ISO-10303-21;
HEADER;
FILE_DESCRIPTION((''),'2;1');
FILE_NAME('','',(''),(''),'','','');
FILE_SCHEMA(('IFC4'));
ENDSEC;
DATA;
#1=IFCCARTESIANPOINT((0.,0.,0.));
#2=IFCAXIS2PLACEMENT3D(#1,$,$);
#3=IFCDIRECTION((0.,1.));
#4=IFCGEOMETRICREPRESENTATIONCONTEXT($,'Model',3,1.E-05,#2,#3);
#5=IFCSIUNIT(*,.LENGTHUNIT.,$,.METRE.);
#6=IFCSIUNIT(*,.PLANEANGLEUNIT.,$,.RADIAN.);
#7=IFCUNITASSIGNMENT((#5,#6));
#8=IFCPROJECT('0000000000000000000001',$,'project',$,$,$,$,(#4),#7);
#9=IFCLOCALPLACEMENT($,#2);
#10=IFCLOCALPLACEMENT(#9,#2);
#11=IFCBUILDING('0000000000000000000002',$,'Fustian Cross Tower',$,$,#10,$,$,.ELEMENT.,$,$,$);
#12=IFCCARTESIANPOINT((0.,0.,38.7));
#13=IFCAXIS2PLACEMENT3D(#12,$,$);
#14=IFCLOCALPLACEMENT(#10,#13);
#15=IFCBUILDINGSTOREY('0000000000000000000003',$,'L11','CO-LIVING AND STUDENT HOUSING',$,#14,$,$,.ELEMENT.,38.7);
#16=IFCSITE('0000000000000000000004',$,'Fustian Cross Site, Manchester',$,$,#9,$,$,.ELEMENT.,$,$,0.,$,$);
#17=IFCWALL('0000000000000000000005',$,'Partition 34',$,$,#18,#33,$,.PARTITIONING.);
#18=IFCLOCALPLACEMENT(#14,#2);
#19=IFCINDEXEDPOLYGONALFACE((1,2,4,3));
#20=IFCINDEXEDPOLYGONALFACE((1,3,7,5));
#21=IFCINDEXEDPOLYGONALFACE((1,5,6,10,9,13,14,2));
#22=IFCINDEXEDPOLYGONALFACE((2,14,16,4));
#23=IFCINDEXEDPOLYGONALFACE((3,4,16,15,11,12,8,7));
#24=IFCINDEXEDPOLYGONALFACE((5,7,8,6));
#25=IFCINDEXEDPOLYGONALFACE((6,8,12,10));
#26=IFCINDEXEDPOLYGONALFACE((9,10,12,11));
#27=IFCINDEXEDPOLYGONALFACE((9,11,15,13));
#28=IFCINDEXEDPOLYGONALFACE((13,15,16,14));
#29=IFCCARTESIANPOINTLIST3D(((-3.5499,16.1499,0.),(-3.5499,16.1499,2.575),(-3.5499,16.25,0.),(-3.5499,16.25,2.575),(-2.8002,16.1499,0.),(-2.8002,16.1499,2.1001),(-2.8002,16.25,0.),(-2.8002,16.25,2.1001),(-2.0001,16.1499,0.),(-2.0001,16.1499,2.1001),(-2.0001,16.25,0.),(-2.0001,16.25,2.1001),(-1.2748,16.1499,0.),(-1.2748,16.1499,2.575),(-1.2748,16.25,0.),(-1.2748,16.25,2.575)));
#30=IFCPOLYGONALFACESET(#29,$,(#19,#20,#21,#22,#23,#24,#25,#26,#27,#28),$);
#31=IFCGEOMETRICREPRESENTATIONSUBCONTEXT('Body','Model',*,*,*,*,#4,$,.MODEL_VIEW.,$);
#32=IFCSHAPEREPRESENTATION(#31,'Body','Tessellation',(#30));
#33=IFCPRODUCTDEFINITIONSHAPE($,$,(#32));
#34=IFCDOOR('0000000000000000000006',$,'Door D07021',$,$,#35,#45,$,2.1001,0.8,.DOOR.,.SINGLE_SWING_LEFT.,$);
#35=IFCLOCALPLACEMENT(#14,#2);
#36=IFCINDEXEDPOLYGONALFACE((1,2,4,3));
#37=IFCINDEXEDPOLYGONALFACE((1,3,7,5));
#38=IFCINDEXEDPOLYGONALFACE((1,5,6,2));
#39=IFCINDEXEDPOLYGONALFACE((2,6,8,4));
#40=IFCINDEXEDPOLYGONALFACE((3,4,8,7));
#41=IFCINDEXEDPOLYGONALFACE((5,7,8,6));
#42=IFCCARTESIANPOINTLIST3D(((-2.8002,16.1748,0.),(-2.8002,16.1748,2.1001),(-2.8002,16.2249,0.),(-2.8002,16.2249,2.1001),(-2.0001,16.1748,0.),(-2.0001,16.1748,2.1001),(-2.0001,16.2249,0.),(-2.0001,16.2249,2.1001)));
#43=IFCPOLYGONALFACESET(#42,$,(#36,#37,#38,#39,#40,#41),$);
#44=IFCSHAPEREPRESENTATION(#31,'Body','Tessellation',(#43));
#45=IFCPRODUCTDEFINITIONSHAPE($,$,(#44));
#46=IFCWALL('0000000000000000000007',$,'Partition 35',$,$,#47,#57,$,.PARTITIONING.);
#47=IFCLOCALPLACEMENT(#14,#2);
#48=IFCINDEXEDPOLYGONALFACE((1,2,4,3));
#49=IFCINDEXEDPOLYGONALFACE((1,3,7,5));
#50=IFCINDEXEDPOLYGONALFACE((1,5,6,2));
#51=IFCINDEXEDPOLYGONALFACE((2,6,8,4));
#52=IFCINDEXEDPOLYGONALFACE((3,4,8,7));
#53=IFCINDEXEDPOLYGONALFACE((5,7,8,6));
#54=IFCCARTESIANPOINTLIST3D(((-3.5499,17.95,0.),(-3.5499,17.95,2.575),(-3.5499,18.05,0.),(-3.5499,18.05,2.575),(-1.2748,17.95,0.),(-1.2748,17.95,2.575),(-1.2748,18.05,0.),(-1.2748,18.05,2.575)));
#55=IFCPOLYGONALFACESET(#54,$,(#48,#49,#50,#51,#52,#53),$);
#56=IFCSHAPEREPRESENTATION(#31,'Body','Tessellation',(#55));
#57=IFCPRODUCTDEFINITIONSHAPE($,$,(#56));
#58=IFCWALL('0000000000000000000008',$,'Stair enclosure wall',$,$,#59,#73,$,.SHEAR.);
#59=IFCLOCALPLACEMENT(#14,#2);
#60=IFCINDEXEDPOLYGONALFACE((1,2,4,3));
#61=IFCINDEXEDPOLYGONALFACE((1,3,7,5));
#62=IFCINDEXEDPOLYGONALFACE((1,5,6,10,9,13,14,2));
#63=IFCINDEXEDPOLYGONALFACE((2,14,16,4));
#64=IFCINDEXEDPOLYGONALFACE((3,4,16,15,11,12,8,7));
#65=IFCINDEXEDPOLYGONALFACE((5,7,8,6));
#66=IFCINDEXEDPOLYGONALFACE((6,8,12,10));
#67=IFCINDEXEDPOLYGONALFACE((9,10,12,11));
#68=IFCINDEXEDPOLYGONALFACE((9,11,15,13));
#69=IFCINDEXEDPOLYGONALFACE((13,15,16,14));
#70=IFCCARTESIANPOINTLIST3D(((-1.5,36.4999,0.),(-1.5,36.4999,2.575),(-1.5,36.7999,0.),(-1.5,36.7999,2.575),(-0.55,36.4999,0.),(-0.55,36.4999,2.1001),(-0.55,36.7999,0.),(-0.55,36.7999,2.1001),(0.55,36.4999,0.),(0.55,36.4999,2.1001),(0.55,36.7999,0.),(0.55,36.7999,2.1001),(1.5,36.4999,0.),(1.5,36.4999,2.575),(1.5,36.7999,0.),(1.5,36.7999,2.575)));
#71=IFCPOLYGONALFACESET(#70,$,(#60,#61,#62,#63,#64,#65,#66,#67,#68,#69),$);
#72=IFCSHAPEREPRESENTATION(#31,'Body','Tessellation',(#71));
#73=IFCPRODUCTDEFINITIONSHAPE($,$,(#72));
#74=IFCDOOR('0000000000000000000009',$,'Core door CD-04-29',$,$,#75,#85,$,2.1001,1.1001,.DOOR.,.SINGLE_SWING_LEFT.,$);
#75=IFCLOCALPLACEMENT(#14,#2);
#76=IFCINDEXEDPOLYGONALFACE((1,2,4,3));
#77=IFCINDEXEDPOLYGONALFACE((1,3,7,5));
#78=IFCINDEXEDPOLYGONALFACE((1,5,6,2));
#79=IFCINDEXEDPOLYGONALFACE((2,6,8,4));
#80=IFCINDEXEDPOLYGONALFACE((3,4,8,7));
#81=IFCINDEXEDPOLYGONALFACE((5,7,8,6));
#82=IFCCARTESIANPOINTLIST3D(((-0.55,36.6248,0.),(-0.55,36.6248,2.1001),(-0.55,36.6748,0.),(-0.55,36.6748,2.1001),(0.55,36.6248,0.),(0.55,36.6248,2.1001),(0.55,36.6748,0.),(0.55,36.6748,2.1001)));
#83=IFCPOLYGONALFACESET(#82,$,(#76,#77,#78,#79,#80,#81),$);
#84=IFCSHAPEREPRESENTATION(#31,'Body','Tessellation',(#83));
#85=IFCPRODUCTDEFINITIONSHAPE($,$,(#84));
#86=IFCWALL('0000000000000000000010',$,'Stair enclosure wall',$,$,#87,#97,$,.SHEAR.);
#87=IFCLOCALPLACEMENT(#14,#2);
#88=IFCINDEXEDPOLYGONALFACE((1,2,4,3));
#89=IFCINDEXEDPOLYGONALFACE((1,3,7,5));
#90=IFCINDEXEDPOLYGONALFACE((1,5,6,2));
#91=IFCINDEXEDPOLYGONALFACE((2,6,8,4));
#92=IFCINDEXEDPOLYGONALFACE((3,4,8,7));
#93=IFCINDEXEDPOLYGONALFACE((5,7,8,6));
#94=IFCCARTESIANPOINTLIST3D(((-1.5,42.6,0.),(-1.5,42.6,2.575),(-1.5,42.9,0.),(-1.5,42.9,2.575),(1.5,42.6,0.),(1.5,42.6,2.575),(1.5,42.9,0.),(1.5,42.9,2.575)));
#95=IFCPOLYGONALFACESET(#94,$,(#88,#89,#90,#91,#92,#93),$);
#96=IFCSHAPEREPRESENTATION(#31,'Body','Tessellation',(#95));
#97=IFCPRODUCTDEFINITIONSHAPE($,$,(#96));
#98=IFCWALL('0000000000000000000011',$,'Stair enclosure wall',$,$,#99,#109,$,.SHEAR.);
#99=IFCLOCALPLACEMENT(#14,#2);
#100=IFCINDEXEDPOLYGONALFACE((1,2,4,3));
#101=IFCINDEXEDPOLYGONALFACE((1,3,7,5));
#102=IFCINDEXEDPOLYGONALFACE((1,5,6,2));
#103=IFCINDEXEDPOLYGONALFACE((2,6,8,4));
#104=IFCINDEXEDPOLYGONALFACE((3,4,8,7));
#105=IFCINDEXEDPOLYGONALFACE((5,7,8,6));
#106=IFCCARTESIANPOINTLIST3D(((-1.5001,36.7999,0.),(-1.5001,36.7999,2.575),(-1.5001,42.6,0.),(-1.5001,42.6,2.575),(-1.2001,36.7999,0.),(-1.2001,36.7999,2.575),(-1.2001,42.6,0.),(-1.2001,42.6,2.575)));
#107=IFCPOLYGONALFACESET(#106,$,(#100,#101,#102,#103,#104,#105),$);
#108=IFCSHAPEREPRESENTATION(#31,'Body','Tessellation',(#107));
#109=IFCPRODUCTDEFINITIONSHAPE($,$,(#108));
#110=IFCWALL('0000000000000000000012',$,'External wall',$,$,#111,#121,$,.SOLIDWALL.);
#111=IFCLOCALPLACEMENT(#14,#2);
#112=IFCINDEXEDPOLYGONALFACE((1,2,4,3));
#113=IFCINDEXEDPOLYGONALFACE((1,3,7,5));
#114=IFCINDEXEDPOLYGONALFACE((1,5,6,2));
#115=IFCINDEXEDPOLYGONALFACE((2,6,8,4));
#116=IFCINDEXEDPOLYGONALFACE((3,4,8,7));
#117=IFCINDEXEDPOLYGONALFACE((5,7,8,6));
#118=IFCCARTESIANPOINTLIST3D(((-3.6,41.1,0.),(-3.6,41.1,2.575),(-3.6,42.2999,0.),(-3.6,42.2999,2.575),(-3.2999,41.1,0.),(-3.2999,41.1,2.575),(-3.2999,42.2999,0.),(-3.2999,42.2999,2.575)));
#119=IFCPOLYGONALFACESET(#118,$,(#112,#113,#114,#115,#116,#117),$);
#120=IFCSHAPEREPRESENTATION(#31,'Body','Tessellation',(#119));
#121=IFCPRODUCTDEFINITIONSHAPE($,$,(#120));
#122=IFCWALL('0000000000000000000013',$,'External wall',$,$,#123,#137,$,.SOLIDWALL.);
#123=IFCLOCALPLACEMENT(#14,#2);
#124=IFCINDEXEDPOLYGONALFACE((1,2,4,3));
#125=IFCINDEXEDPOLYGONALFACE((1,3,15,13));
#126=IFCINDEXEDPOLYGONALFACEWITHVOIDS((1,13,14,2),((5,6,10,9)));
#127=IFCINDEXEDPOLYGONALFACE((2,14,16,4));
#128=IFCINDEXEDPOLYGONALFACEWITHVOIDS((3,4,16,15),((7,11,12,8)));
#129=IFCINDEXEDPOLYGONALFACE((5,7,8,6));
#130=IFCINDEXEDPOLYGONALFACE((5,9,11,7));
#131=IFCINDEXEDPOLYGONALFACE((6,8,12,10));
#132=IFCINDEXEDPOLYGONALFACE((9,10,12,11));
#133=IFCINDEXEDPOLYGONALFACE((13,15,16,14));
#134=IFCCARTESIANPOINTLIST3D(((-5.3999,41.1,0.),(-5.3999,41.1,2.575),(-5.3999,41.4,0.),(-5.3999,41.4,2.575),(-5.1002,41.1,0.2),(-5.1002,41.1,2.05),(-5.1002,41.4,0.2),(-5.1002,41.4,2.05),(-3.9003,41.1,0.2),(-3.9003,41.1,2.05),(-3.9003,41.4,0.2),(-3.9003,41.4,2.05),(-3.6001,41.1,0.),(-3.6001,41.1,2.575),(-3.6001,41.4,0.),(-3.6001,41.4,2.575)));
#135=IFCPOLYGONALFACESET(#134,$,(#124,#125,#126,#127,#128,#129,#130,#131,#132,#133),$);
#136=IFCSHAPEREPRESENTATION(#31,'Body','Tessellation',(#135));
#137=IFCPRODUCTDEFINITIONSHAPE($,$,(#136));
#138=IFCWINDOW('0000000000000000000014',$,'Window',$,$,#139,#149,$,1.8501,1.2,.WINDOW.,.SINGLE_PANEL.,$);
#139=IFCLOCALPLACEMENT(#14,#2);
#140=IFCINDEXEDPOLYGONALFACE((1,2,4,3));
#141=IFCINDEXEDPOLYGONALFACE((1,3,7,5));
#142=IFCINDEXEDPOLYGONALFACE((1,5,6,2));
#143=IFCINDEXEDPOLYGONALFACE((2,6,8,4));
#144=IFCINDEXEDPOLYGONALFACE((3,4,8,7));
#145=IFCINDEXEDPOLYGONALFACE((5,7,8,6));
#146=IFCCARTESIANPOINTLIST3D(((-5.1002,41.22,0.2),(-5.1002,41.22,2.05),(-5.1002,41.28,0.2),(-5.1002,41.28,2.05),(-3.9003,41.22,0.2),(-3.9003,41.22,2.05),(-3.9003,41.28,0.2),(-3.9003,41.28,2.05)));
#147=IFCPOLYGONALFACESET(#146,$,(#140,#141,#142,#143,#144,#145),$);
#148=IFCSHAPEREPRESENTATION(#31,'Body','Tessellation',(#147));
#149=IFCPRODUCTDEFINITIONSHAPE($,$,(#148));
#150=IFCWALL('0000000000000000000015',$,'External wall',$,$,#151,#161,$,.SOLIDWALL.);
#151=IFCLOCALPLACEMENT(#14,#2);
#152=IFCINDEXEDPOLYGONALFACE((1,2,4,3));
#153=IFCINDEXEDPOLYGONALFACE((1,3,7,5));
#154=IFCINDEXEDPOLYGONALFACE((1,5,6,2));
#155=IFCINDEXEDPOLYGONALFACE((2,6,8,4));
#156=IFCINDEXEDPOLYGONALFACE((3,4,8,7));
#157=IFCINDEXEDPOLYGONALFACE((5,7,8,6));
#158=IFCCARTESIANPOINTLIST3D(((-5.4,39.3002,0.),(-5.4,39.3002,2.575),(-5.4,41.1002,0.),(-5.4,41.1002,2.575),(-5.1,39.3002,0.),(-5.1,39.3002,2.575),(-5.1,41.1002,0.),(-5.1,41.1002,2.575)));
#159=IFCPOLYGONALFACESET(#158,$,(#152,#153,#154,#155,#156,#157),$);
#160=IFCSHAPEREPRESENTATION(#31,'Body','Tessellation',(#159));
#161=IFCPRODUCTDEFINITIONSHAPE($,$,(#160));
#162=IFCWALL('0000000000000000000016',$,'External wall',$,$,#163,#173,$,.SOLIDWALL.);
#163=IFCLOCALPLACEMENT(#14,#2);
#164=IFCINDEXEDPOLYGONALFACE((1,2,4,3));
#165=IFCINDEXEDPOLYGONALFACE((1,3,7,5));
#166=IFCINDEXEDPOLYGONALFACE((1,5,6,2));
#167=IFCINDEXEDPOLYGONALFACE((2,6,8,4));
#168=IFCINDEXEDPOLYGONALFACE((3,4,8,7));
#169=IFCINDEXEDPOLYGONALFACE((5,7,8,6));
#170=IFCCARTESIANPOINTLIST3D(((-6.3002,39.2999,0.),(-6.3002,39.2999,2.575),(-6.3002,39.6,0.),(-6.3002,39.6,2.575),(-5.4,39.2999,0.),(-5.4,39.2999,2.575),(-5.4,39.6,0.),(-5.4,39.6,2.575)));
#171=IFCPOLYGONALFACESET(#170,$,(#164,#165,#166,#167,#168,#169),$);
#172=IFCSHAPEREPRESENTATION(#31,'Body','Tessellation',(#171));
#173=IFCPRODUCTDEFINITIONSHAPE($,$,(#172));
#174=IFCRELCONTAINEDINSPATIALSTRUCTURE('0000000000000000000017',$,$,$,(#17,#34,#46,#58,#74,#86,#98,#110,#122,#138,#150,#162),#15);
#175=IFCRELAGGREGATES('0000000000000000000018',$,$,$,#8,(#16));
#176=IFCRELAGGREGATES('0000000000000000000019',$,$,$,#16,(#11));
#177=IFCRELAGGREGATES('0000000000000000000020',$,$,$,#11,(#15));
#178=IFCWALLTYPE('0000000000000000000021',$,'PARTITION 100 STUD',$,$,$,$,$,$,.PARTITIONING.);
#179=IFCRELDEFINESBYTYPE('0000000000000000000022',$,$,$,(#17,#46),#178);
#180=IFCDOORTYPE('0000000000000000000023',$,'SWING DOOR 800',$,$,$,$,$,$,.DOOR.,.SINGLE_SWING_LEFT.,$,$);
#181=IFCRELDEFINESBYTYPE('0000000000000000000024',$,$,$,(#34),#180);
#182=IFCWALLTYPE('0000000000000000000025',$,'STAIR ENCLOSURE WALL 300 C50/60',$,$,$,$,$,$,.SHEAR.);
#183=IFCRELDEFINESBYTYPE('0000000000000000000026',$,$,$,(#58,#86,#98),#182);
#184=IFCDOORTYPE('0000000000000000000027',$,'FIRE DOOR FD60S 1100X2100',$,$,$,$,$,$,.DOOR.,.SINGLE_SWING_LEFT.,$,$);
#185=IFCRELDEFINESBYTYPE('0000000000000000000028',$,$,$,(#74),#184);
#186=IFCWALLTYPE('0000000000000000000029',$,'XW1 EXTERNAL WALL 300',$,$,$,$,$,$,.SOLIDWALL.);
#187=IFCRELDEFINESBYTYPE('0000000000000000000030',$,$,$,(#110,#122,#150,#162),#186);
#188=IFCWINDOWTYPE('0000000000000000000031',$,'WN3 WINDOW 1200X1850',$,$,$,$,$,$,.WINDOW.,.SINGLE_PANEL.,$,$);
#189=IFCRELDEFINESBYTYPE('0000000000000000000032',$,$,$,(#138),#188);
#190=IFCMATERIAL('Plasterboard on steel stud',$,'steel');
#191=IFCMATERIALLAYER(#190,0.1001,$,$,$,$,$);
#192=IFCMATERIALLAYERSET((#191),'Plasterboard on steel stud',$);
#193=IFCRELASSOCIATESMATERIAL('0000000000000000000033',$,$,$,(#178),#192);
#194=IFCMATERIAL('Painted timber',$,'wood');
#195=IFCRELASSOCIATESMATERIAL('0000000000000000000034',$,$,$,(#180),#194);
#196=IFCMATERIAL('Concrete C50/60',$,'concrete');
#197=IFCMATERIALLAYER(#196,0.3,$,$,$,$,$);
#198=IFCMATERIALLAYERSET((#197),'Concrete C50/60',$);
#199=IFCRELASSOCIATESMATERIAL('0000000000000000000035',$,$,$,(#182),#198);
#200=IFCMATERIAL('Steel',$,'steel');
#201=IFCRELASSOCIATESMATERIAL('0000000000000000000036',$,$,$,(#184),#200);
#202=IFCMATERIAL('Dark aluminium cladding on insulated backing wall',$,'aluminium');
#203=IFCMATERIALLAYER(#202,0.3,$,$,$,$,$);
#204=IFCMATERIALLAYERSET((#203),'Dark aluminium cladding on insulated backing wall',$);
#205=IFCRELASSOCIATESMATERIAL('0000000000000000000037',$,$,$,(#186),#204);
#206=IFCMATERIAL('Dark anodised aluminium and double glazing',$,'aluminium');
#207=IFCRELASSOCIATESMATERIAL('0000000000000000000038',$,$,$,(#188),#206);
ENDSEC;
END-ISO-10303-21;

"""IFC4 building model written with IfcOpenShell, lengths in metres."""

from ifc_helpers import new_model, si_unit, direction, frame, frame_2d, origin, place, context, subcontext, project, spatial, rectangle, extrude, material, layer, layer_set, type_object, element, fill, save


model = new_model("IFC4")

# Units and contexts
model_context = context("Model", 3, precision=1e-05, world=origin(), true_north=direction((0.0, 1.0)))
body_context = subcontext(model_context, "Body", "Model", "MODEL_VIEW")
ifc_project = project(units=[si_unit("LENGTHUNIT", "METRE"), si_unit("PLANEANGLEUNIT", "RADIAN")], contexts=[model_context])

# Site, building, storey
site_placement = place(None, origin())
site = spatial("IfcSite", under=ifc_project, at=site_placement, Name="Fustian Cross Site, Manchester", CompositionType="ELEMENT", RefElevation=0.0)
building_placement = place(site_placement, origin())
building = spatial("IfcBuilding", under=site, at=building_placement, Name="Fustian Cross Tower", CompositionType="ELEMENT")
storey_placement = place(building_placement, frame((0.0, 0.0, 38.7)))
storey = spatial("IfcBuildingStorey", under=building, at=storey_placement, Name="L11", Description="CO-LIVING AND STUDENT HOUSING", CompositionType="ELEMENT", Elevation=38.7)

# Shared definitions
ifc_material_1 = material(Name="Plasterboard on steel stud", Category="steel")
ifc_layer_1 = layer(ifc_material_1, 0.1001)
ifc_layer_set_1 = layer_set([ifc_layer_1], Name="Plasterboard on steel stud")
wall_type_1 = type_object("IfcWallType", Name="PARTITION 100 STUD", PredefinedType="PARTITIONING", material=ifc_layer_set_1)

# Wall, opening, door
wall_1_placement = place(storey_placement, frame((-3.55, 16.2, 0.0), z_axis=(0.0, 0.0, 1.0), x_axis=(1.0, 0.0, 0.0)))
wall_1 = element("IfcWall", 1, at=wall_1_placement, inside=storey, type_object=wall_type_1, Name="Partition 34", PredefinedType="PARTITIONING", context=body_context, shape_type="SweptSolid", body=[
    extrude(rectangle(XDim=2.2751, YDim=0.1001, at=frame_2d((1.1377, 0.0))), origin(), (0.0, 0.0, 1.0), 2.575),
])
opening_1_placement = place(wall_1_placement, frame((0.75, 0.0, 0.0)))
opening_1 = element("IfcOpeningElement", 2, at=opening_1_placement, cuts=wall_1, PredefinedType="OPENING", context=body_context, shape_type="SweptSolid", body=[
    extrude(rectangle(XDim=0.8, YDim=2.1001, at=frame_2d((0.3999, 1.05))), frame((0.0, 0.0601, 0.0), z_axis=(0.0, -1.0, 0.0), x_axis=(1.0, 0.0, 0.0)), (0.0, 0.0, 1.0), 0.1201),
])
ifc_material_2 = material(Name="Painted timber", Category="wood")
door_type_1 = type_object("IfcDoorType", Name="SWING DOOR 800", OperationType="SINGLE_SWING_LEFT", PredefinedType="DOOR", material=ifc_material_2)
door_1_placement = place(opening_1_placement, origin())
door_1 = element("IfcDoor", 3, at=door_1_placement, inside=storey, type_object=door_type_1, Name="Door D07021", OperationType="SINGLE_SWING_LEFT", OverallHeight=2.1001, OverallWidth=0.8, PredefinedType="DOOR", context=body_context, shape_type="SweptSolid", body=[
    extrude(rectangle(XDim=0.8, YDim=2.1001, at=frame_2d((0.3999, 1.05))), frame((0.0, 0.0249, 0.0), z_axis=(0.0, -1.0, 0.0), x_axis=(1.0, 0.0, 0.0)), (0.0, 0.0, 1.0), 0.05),
])
fill(opening_1, door_1)

# Wall
wall_2_placement = place(storey_placement, frame((-3.55, 18.0, 0.0), z_axis=(0.0, 0.0, 1.0), x_axis=(1.0, 0.0, 0.0)))
element("IfcWall", 4, at=wall_2_placement, inside=storey, type_object=wall_type_1, Name="Partition 35", PredefinedType="PARTITIONING", context=body_context, shape_type="SweptSolid", body=[
    extrude(rectangle(XDim=2.2751, YDim=0.1001, at=frame_2d((1.1377, 0.0))), origin(), (0.0, 0.0, 1.0), 2.575),
])

# Wall, opening, door
ifc_material_3 = material(Name="Concrete C50/60", Category="concrete")
ifc_layer_2 = layer(ifc_material_3, 0.3)
ifc_layer_set_2 = layer_set([ifc_layer_2], Name="Concrete C50/60")
wall_type_2 = type_object("IfcWallType", Name="STAIR ENCLOSURE WALL 300 C50/60", PredefinedType="SHEAR", material=ifc_layer_set_2)
wall_3_placement = place(storey_placement, frame((-1.5, 36.6499, 0.0), z_axis=(0.0, 0.0, 1.0), x_axis=(1.0, 0.0, 0.0)))
wall_3 = element("IfcWall", 5, at=wall_3_placement, inside=storey, type_object=wall_type_2, Name="Stair enclosure wall", PredefinedType="SHEAR", context=body_context, shape_type="SweptSolid", body=[
    extrude(rectangle(XDim=3.0, YDim=0.3, at=frame_2d((1.5, 0.0))), origin(), (0.0, 0.0, 1.0), 2.575),
])
opening_2_placement = place(wall_3_placement, frame((0.95, 0.0, 0.0)))
opening_2 = element("IfcOpeningElement", 6, at=opening_2_placement, cuts=wall_3, PredefinedType="OPENING", context=body_context, shape_type="SweptSolid", body=[
    extrude(rectangle(XDim=1.1001, YDim=2.1001, at=frame_2d((0.55, 1.05))), frame((0.0, 0.1599, 0.0), z_axis=(0.0, -1.0, 0.0), x_axis=(1.0, 0.0, 0.0)), (0.0, 0.0, 1.0), 0.3201),
])
ifc_material_4 = material(Name="Steel", Category="steel")
door_type_2 = type_object("IfcDoorType", Name="FIRE DOOR FD60S 1100X2100", OperationType="SINGLE_SWING_LEFT", PredefinedType="DOOR", material=ifc_material_4)
door_2_placement = place(opening_2_placement, origin())
door_2 = element("IfcDoor", 7, at=door_2_placement, inside=storey, type_object=door_type_2, Name="Core door CD-04-29", OperationType="SINGLE_SWING_LEFT", OverallHeight=2.1001, OverallWidth=1.1001, PredefinedType="DOOR", context=body_context, shape_type="SweptSolid", body=[
    extrude(rectangle(XDim=1.1001, YDim=2.1001, at=frame_2d((0.55, 1.05))), frame((0.0, 0.0249, 0.0), z_axis=(0.0, -1.0, 0.0), x_axis=(1.0, 0.0, 0.0)), (0.0, 0.0, 1.0), 0.05),
])
fill(opening_2, door_2)

# Walls
wall_4_placement = place(storey_placement, frame((-1.5, 42.75, 0.0), z_axis=(0.0, 0.0, 1.0), x_axis=(1.0, 0.0, 0.0)))
element("IfcWall", 8, at=wall_4_placement, inside=storey, type_object=wall_type_2, Name="Stair enclosure wall", PredefinedType="SHEAR", context=body_context, shape_type="SweptSolid", body=[
    extrude(rectangle(XDim=3.0, YDim=0.3, at=frame_2d((1.5, 0.0))), origin(), (0.0, 0.0, 1.0), 2.575),
])
wall_5_placement = place(storey_placement, frame((-1.3501, 36.8, 0.0), z_axis=(0.0, 0.0, 1.0), x_axis=(0.0, 1.0, 0.0)))
element("IfcWall", 9, at=wall_5_placement, inside=storey, type_object=wall_type_2, Name="Stair enclosure wall", PredefinedType="SHEAR", context=body_context, shape_type="SweptSolid", body=[
    extrude(rectangle(XDim=5.8, YDim=0.3, at=frame_2d((2.8999, 0.0))), origin(), (0.0, 0.0, 1.0), 2.575),
])
ifc_material_5 = material(Name="Dark aluminium cladding on insulated backing wall", Category="aluminium")
ifc_layer_3 = layer(ifc_material_5, 0.3)
ifc_layer_set_3 = layer_set([ifc_layer_3], Name="Dark aluminium cladding on insulated backing wall")
wall_type_3 = type_object("IfcWallType", Name="XW1 EXTERNAL WALL 300", PredefinedType="SOLIDWALL", material=ifc_layer_set_3)
wall_6_placement = place(storey_placement, frame((-3.45, 42.3, 0.0), z_axis=(0.0, 0.0, 1.0), x_axis=(0.0, -1.0, 0.0)))
element("IfcWall", 10, at=wall_6_placement, inside=storey, type_object=wall_type_3, Name="External wall", PredefinedType="SOLIDWALL", context=body_context, shape_type="SweptSolid", body=[
    extrude(rectangle(XDim=1.2, YDim=0.3, at=frame_2d((0.6001, 0.0))), origin(), (0.0, 0.0, 1.0), 2.575),
])

# Wall, opening, window
wall_7_placement = place(storey_placement, frame((-3.6001, 41.25, 0.0), z_axis=(0.0, 0.0, 1.0), x_axis=(-1.0, 0.0, 0.0)))
wall_7 = element("IfcWall", 11, at=wall_7_placement, inside=storey, type_object=wall_type_3, Name="External wall", PredefinedType="SOLIDWALL", context=body_context, shape_type="SweptSolid", body=[
    extrude(rectangle(XDim=1.7998, YDim=0.3, at=frame_2d((0.8999, 0.0))), origin(), (0.0, 0.0, 1.0), 2.575),
])
opening_3_placement = place(wall_7_placement, frame((0.3, 0.0, 0.2)))
opening_3 = element("IfcOpeningElement", 12, at=opening_3_placement, cuts=wall_7, PredefinedType="OPENING", context=body_context, shape_type="SweptSolid", body=[
    extrude(rectangle(XDim=1.2, YDim=1.8501, at=frame_2d((0.6001, 0.925))), frame((0.0, 0.1599, 0.0), z_axis=(0.0, -1.0, 0.0), x_axis=(1.0, 0.0, 0.0)), (0.0, 0.0, 1.0), 0.3201),
])
ifc_material_6 = material(Name="Dark anodised aluminium and double glazing", Category="aluminium")
window_type = type_object("IfcWindowType", Name="WN3 WINDOW 1200X1850", PartitioningType="SINGLE_PANEL", PredefinedType="WINDOW", material=ifc_material_6)
window_placement = place(opening_3_placement, origin())
window = element("IfcWindow", 13, at=window_placement, inside=storey, type_object=window_type, Name="Window", OverallHeight=1.8501, OverallWidth=1.2, PartitioningType="SINGLE_PANEL", PredefinedType="WINDOW", context=body_context, shape_type="SweptSolid", body=[
    extrude(rectangle(XDim=1.2, YDim=1.8501, at=frame_2d((0.6001, 0.925))), frame((0.0, 0.03, 0.0), z_axis=(0.0, -1.0, 0.0), x_axis=(1.0, 0.0, 0.0)), (0.0, 0.0, 1.0), 0.0601),
])
fill(opening_3, window)

# Walls
wall_8_placement = place(storey_placement, frame((-5.25, 41.1001, 0.0), z_axis=(0.0, 0.0, 1.0), x_axis=(0.0, -1.0, 0.0)))
element("IfcWall", 14, at=wall_8_placement, inside=storey, type_object=wall_type_3, Name="External wall", PredefinedType="SOLIDWALL", context=body_context, shape_type="SweptSolid", body=[
    extrude(rectangle(XDim=1.8, YDim=0.3, at=frame_2d((0.8999, 0.0))), origin(), (0.0, 0.0, 1.0), 2.575),
])
wall_9_placement = place(storey_placement, frame((-5.3999, 39.45, 0.0), z_axis=(0.0, 0.0, 1.0), x_axis=(-1.0, 0.0, 0.0)))
element("IfcWall", 15, at=wall_9_placement, inside=storey, type_object=wall_type_3, Name="External wall", PredefinedType="SOLIDWALL", context=body_context, shape_type="SweptSolid", body=[
    extrude(rectangle(XDim=0.9001, YDim=0.3, at=frame_2d((0.4502, 0.0))), origin(), (0.0, 0.0, 1.0), 2.575),
])

save(model, "model.ifc")
